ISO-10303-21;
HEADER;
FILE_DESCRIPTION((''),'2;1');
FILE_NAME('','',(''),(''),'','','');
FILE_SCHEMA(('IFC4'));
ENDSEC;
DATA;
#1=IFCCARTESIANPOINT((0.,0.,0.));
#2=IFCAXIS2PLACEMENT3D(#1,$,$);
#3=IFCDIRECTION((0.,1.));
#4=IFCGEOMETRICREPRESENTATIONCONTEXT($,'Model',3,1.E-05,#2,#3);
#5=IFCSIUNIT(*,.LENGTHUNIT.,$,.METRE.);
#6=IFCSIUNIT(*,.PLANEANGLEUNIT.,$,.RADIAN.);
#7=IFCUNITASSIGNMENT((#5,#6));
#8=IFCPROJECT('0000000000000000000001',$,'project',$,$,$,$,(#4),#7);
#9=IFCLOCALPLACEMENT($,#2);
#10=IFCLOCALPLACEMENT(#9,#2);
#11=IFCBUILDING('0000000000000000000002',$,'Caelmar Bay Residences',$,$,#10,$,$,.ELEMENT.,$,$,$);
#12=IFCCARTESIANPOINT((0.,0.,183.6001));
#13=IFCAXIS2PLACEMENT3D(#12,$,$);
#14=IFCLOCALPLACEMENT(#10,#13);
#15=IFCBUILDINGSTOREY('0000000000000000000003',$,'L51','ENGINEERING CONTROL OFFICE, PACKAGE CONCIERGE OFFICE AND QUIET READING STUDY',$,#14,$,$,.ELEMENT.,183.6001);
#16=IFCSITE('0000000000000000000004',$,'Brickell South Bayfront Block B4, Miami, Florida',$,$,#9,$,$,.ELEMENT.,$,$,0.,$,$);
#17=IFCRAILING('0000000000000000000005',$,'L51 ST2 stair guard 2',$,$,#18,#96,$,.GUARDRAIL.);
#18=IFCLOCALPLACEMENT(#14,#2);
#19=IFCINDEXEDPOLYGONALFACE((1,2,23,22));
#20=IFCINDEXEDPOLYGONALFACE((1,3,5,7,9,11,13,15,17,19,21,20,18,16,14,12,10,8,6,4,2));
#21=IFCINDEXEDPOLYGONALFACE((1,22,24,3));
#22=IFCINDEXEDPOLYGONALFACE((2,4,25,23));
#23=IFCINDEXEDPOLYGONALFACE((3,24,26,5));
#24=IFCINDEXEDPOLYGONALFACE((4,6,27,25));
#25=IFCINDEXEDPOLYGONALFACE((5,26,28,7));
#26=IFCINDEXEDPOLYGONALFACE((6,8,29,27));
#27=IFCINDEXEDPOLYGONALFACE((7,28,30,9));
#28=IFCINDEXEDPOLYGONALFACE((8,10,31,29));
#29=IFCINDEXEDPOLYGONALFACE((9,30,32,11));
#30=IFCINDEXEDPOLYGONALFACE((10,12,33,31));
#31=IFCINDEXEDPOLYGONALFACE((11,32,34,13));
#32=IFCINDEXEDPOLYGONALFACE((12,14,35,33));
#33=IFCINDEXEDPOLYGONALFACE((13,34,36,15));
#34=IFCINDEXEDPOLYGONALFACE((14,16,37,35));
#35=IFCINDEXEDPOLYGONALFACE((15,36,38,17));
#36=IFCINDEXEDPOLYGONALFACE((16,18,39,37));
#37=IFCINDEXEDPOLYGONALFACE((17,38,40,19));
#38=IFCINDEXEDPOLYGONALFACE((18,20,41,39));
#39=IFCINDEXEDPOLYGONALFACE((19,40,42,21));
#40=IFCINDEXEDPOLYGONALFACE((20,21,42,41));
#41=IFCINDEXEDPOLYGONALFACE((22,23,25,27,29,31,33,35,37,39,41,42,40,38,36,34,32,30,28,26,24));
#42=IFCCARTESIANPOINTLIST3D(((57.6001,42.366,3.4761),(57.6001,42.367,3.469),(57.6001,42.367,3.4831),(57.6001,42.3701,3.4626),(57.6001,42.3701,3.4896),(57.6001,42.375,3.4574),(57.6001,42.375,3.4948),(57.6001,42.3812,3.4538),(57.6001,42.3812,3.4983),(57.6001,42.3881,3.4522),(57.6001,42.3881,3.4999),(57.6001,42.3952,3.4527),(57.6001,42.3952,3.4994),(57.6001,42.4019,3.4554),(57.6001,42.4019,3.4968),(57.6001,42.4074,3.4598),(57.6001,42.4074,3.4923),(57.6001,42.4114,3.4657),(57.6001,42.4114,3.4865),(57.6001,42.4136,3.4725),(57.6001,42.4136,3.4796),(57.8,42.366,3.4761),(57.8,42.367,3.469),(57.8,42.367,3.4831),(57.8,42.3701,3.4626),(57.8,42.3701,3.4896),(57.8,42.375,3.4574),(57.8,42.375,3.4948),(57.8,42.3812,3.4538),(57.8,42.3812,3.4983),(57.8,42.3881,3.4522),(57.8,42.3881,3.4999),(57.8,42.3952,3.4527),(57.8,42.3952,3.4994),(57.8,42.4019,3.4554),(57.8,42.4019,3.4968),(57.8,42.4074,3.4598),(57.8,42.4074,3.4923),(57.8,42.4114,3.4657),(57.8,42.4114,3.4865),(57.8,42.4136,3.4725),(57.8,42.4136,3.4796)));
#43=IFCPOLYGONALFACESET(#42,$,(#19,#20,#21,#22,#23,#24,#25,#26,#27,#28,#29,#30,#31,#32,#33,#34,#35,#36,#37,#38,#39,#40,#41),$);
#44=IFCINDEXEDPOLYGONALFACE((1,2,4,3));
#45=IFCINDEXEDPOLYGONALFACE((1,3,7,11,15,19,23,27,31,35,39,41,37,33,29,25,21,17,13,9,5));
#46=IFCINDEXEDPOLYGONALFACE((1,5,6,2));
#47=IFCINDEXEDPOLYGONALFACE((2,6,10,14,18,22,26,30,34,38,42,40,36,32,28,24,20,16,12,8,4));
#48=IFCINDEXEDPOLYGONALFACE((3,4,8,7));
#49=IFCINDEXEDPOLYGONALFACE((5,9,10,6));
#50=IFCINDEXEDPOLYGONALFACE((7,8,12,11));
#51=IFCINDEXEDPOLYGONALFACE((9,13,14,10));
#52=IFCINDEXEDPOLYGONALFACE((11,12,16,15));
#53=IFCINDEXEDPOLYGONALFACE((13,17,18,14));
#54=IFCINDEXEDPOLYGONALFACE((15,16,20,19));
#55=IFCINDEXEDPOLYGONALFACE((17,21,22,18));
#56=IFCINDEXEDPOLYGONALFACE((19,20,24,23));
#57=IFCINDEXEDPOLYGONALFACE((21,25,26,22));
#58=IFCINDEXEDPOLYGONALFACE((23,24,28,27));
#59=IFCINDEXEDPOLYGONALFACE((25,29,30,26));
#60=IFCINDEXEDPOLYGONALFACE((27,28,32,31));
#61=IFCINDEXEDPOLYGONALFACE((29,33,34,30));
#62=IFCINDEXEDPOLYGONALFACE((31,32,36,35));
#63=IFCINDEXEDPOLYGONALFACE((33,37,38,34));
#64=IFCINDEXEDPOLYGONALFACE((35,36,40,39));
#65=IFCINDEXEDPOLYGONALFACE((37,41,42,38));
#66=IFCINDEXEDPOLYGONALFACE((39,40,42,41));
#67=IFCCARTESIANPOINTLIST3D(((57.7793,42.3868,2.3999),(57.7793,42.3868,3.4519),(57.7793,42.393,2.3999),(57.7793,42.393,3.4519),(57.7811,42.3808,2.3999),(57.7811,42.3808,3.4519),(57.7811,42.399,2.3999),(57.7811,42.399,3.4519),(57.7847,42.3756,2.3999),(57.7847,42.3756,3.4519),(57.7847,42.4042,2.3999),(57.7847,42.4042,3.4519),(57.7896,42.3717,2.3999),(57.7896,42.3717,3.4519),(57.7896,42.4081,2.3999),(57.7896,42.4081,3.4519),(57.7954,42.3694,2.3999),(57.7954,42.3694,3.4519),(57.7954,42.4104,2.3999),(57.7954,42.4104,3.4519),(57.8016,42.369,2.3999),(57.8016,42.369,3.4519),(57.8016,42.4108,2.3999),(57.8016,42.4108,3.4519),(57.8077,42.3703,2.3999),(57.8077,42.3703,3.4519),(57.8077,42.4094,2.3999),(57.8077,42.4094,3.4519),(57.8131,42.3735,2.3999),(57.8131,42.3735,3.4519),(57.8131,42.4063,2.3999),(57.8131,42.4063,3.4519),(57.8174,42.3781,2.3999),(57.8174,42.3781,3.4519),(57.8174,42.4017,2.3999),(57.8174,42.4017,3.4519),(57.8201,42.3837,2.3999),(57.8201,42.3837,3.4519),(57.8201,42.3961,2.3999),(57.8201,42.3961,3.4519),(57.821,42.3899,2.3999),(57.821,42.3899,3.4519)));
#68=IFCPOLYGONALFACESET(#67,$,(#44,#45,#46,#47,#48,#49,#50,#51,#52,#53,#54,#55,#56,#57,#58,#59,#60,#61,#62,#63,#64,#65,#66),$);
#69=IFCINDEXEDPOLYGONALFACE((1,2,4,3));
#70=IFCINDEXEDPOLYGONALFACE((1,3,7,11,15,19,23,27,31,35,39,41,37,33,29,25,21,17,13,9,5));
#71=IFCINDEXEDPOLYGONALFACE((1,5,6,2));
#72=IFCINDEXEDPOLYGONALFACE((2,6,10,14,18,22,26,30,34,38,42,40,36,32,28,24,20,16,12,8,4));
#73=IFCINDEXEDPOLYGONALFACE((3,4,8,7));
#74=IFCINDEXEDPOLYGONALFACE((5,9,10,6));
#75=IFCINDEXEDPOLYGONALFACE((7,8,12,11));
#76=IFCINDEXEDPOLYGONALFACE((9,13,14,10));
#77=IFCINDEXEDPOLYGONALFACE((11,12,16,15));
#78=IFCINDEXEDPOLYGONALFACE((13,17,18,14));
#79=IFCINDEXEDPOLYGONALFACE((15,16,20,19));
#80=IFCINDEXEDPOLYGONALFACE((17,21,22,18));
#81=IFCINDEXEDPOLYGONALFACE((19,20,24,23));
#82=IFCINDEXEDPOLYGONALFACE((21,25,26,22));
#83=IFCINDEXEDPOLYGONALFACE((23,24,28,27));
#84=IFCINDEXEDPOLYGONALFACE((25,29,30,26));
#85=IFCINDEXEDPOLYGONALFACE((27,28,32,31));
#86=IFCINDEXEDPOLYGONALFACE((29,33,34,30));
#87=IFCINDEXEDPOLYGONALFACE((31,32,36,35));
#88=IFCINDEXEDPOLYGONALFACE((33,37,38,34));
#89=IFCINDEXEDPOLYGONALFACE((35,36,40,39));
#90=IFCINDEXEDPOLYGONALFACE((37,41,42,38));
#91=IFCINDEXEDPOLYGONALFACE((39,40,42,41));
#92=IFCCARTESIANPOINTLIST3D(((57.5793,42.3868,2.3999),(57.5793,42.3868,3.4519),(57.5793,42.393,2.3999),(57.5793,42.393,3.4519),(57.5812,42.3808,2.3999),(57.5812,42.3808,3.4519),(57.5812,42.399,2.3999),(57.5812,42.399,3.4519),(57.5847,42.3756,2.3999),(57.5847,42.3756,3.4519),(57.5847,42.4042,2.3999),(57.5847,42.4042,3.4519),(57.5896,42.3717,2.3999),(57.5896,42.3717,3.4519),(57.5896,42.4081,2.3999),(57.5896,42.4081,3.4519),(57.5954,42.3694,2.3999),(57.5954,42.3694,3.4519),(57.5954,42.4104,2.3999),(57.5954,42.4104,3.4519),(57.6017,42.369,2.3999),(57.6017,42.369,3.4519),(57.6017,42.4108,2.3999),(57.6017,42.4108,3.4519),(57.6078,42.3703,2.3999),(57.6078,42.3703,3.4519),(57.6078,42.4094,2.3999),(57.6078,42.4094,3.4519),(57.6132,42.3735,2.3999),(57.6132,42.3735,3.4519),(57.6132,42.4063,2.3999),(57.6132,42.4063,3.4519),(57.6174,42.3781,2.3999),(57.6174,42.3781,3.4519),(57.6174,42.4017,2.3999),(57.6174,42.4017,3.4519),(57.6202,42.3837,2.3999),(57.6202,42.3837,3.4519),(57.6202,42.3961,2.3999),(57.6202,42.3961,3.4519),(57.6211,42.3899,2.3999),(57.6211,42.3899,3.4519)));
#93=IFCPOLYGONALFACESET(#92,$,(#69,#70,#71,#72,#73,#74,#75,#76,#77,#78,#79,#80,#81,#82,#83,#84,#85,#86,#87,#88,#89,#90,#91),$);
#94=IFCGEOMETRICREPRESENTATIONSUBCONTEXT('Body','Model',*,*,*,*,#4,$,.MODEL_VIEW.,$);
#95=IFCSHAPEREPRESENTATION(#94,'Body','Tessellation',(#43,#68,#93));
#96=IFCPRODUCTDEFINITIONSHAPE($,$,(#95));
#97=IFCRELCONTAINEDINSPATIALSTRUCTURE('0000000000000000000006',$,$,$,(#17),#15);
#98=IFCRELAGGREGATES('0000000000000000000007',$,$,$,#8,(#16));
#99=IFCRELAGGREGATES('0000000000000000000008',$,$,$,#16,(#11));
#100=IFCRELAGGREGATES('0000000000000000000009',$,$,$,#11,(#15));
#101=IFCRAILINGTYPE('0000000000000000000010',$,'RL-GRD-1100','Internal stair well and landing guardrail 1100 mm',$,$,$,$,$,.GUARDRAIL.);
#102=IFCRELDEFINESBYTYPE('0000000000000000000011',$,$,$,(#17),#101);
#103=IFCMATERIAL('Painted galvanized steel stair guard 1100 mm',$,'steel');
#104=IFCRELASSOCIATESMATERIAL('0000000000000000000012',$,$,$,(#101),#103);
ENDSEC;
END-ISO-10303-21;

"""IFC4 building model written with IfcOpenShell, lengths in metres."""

from ifc_helpers import new_model, si_unit, direction, frame, origin, origin_2d, place, context, subcontext, project, spatial, circle, extrude, material, type_object, element, save


model = new_model("IFC4")

# Units and contexts
model_context = context("Model", 3, precision=1e-05, world=origin(), true_north=direction((0.0, 1.0)))
body_context = subcontext(model_context, "Body", "Model", "MODEL_VIEW")
ifc_project = project(units=[si_unit("LENGTHUNIT", "METRE"), si_unit("PLANEANGLEUNIT", "RADIAN")], contexts=[model_context])

# Site, building, storey
site_placement = place(None, origin())
site = spatial("IfcSite", under=ifc_project, at=site_placement, Name="Brickell South Bayfront Block B4, Miami, Florida", CompositionType="ELEMENT", RefElevation=0.0)
building_placement = place(site_placement, origin())
building = spatial("IfcBuilding", under=site, at=building_placement, Name="Caelmar Bay Residences", CompositionType="ELEMENT")
storey_placement = place(building_placement, frame((0.0, 0.0, 183.6001)))
storey = spatial("IfcBuildingStorey", under=building, at=storey_placement, Name="L51", Description="ENGINEERING CONTROL OFFICE, PACKAGE CONCIERGE OFFICE AND QUIET READING STUDY", CompositionType="ELEMENT", Elevation=183.6001)

# Railing
ifc_material_1 = material(Name="Painted galvanized steel stair guard 1100 mm", Category="steel")
railing_type_1 = type_object("IfcRailingType", Name="RL-GRD-1100", Description="Internal stair well and landing guardrail 1100 mm", PredefinedType="GUARDRAIL", material=ifc_material_1)
railing_1_placement = place(storey_placement, frame((57.8, 42.3899, 2.3999)))
element("IfcRailing", 1, at=railing_1_placement, inside=storey, type_object=railing_type_1, Name="L51 ST2 stair guard 2", PredefinedType="GUARDRAIL", context=body_context, shape_type="SweptSolid", body=[
    extrude(circle(Radius=0.0239, at=origin_2d()), frame((0.0, 0.0, 1.0762), z_axis=(-1.0, 0.0, 0.0), x_axis=(0.0, -1.0, 0.0)), (0.0, 0.0, 1.0), 0.2),
    extrude(circle(Radius=0.021, at=origin_2d()), origin(), (0.0, 0.0, 1.0), 1.052),
    extrude(circle(Radius=0.021, at=origin_2d()), frame((-0.2, 0.0, 0.0)), (0.0, 0.0, 1.0), 1.052),
])

save(model, "model.ifc")
